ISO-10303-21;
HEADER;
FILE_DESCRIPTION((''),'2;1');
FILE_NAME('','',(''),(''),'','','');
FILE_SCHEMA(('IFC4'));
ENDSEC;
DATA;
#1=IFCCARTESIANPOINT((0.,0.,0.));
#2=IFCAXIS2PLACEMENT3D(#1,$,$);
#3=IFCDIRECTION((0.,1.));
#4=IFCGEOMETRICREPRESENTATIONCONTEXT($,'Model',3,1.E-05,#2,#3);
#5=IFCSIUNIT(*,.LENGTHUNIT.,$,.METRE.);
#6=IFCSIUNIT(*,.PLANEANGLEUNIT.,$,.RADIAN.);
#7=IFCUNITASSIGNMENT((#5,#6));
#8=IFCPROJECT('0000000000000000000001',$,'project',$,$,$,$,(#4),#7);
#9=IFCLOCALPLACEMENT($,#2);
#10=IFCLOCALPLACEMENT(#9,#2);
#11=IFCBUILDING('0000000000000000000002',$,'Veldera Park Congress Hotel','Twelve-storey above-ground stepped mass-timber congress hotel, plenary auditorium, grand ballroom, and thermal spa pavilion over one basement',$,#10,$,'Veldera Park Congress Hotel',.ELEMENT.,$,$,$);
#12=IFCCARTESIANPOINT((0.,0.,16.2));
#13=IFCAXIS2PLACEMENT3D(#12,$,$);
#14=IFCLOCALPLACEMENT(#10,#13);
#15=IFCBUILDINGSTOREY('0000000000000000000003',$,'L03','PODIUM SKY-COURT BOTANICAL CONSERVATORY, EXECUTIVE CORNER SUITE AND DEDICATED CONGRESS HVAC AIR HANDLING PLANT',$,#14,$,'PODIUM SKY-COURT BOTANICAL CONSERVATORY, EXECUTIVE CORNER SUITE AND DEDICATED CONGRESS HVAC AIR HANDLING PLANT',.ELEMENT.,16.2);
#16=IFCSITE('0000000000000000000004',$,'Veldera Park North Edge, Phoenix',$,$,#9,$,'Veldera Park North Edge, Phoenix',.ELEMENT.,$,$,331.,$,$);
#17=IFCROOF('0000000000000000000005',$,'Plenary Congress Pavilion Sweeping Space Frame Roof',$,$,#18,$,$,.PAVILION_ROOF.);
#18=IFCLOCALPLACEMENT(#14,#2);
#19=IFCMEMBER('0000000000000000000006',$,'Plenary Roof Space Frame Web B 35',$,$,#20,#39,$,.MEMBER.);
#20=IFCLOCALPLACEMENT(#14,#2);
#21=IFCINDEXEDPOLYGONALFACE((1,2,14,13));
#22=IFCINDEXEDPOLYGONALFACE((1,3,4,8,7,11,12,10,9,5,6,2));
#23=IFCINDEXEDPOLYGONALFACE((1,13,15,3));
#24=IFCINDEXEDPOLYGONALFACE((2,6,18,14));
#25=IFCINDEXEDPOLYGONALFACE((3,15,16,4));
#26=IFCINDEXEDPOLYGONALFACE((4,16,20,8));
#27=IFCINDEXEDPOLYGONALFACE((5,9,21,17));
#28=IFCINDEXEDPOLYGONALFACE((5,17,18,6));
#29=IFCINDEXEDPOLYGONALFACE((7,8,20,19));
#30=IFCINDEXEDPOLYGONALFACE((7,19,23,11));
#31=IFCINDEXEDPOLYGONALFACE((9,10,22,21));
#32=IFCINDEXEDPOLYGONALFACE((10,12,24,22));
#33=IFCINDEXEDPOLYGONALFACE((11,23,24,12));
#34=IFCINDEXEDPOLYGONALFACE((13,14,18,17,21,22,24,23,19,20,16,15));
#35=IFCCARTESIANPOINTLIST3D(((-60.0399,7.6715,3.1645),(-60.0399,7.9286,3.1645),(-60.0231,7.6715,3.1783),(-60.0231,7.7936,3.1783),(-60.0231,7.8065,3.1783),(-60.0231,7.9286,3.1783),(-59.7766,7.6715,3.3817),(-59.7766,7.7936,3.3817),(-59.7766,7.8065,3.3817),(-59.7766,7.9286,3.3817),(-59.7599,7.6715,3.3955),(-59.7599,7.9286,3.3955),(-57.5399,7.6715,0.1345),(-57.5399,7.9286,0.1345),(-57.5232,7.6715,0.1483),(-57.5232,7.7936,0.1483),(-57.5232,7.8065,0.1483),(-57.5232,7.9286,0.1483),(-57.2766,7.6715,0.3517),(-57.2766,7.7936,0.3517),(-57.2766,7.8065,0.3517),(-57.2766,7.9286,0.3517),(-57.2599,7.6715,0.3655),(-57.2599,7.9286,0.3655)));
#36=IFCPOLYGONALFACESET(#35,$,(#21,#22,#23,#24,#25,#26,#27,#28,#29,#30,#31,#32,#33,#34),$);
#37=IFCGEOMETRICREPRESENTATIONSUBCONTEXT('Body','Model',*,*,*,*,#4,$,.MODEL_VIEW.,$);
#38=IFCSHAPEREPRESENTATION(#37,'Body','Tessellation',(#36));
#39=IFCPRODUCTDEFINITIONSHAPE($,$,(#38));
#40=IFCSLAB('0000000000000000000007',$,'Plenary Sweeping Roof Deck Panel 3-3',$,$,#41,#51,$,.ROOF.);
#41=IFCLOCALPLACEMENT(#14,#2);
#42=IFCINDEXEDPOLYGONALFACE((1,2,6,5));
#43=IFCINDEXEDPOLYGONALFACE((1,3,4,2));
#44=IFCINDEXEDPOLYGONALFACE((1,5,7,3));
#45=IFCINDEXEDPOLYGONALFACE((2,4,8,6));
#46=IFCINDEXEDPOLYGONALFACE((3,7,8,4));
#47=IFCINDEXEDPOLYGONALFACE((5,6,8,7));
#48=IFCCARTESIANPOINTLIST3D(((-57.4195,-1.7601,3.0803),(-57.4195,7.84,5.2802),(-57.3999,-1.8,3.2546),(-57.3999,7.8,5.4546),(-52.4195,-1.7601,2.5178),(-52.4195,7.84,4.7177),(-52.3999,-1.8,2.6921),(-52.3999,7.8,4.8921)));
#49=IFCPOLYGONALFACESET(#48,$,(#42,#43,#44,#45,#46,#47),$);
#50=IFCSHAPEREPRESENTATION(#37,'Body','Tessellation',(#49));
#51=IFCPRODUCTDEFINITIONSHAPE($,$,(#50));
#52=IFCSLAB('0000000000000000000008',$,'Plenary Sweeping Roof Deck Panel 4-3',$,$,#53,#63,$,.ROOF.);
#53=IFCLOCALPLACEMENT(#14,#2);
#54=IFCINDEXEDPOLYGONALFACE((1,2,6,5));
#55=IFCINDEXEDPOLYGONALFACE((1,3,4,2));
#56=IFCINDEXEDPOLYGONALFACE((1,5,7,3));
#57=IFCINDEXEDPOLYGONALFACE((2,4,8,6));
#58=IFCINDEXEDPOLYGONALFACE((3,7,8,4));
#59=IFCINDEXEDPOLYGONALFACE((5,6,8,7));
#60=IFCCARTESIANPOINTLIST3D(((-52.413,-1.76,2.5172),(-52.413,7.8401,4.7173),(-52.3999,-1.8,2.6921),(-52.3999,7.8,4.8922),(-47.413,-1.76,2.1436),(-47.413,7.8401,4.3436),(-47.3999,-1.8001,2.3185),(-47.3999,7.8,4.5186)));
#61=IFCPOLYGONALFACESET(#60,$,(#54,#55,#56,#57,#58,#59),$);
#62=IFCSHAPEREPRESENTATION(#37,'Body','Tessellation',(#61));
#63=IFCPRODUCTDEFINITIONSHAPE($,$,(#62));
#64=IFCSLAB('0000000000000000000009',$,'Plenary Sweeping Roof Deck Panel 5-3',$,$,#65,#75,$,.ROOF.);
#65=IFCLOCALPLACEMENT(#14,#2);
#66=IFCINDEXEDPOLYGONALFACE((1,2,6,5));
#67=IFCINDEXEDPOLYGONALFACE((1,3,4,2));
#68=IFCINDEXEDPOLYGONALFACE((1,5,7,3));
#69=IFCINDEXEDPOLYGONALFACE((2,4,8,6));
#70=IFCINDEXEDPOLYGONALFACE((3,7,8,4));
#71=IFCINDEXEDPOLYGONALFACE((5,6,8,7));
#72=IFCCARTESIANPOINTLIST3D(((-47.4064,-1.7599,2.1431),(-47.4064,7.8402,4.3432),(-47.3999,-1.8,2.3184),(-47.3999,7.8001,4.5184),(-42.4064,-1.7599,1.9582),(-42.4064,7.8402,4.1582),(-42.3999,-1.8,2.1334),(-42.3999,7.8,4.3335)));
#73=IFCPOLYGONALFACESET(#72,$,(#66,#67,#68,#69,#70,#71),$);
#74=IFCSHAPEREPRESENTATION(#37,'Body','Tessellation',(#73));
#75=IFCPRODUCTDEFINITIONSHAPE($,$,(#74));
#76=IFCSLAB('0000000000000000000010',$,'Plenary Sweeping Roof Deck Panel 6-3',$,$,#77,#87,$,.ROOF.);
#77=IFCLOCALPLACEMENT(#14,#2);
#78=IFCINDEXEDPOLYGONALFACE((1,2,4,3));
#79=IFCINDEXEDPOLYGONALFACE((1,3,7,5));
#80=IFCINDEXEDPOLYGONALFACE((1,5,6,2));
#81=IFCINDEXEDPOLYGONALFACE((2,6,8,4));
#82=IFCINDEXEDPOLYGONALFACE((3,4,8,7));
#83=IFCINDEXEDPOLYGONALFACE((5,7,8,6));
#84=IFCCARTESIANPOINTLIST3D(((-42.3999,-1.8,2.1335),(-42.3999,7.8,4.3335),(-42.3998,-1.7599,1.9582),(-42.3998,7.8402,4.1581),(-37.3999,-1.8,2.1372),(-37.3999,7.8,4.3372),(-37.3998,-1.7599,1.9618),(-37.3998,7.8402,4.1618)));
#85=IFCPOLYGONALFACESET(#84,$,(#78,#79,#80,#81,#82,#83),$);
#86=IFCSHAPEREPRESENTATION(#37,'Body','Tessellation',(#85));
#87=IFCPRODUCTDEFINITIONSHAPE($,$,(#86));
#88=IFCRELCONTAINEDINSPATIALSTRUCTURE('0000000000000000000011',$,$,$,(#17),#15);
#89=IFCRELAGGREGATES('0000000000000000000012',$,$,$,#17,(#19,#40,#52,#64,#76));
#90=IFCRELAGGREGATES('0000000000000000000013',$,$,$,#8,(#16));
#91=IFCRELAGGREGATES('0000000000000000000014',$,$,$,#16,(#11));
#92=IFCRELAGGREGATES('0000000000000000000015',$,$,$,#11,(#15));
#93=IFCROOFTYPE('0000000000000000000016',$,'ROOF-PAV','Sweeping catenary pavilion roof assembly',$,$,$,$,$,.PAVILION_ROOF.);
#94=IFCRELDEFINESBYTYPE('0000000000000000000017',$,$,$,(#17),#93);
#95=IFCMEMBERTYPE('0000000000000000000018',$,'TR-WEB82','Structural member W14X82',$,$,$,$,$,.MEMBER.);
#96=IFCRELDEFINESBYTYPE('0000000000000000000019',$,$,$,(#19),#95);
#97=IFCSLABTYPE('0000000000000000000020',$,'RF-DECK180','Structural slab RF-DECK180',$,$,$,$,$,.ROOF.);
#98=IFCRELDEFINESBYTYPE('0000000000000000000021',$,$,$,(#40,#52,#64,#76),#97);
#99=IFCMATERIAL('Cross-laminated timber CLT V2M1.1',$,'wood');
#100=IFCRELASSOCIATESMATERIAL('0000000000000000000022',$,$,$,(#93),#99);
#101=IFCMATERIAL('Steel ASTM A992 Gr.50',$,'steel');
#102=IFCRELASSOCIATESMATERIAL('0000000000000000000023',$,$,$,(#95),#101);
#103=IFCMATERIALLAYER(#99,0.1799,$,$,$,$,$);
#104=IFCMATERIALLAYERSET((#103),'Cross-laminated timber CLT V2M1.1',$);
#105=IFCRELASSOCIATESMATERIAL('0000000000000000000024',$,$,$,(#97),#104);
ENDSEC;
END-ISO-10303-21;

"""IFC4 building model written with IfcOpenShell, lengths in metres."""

from ifc_helpers import new_model, si_unit, direction, frame, origin, origin_2d, place, context, subcontext, project, spatial, polyline, i_section, outline, extrude, material, layer, layer_set, material_profile, profile_set, type_object, element, aggregate, save


model = new_model("IFC4")

# Units and contexts
model_context = context("Model", 3, precision=1e-05, world=origin(), true_north=direction((0.0, 1.0)))
body_context = subcontext(model_context, "Body", "Model", "MODEL_VIEW")
ifc_project = project(units=[si_unit("LENGTHUNIT", "METRE"), si_unit("PLANEANGLEUNIT", "RADIAN")], contexts=[model_context])

# Site, building, storey
site_placement = place(None, origin())
site = spatial("IfcSite", under=ifc_project, at=site_placement, Name="Veldera Park North Edge, Phoenix", LongName="Veldera Park North Edge, Phoenix", CompositionType="ELEMENT", RefElevation=331.0)
building_placement = place(site_placement, origin())
building = spatial("IfcBuilding", under=site, at=building_placement, Name="Veldera Park Congress Hotel", Description="Twelve-storey above-ground stepped mass-timber congress hotel, plenary auditorium, grand ballroom, and thermal spa pavilion over one basement", LongName="Veldera Park Congress Hotel", CompositionType="ELEMENT")
storey_placement = place(building_placement, frame((0.0, 0.0, 16.2)))
storey = spatial("IfcBuildingStorey", under=building, at=storey_placement, Name="L03", Description="PODIUM SKY-COURT BOTANICAL CONSERVATORY, EXECUTIVE CORNER SUITE AND DEDICATED CONGRESS HVAC AIR HANDLING PLANT", LongName="PODIUM SKY-COURT BOTANICAL CONSERVATORY, EXECUTIVE CORNER SUITE AND DEDICATED CONGRESS HVAC AIR HANDLING PLANT", CompositionType="ELEMENT", Elevation=16.2)

# Roof, member, slabs
ifc_material_1 = material(Name="Cross-laminated timber CLT V2M1.1", Category="wood")
roof_type = type_object("IfcRoofType", Name="ROOF-PAV", Description="Sweeping catenary pavilion roof assembly", PredefinedType="PAVILION_ROOF", material=ifc_material_1)
roof_placement = place(storey_placement, origin())
roof = element("IfcRoof", 1, at=roof_placement, inside=storey, type_object=roof_type, Name="Plenary Congress Pavilion Sweeping Space Frame Roof", PredefinedType="PAVILION_ROOF")
ifc_material_2 = material(Name="Steel ASTM A992 Gr.50", Category="steel")
ifc_material_profile_1 = material_profile(ifc_material_2, i_section(OverallWidth=0.2571, OverallDepth=0.363, WebThickness=0.0129, FlangeThickness=0.0217, at=origin_2d()), Name="W14X82")
ifc_profile_set_1 = profile_set([ifc_material_profile_1], Name="Steel ASTM A992 Gr.50")
member_type_1 = type_object("IfcMemberType", Name="TR-WEB82", Description="Structural member W14X82", PredefinedType="MEMBER", material=ifc_profile_set_1)
member_1_placement = place(storey_placement, frame((-57.3999, 7.8, 0.25), z_axis=(-0.636417, 0.0, 0.771345), x_axis=(0.0, -1.0, 0.0)))
member_1 = element("IfcMember", 2, at=member_1_placement, type_object=member_type_1, Name="Plenary Roof Space Frame Web B 35", PredefinedType="MEMBER", context=body_context, shape_type="SweptSolid", body=[
    extrude(i_section(OverallWidth=0.2571, OverallDepth=0.363, WebThickness=0.0129, FlangeThickness=0.0217, at=origin_2d()), origin(), (0.0, 0.0, 1.0), 3.9282),
])
ifc_layer = layer(ifc_material_1, 0.1799)
ifc_layer_set = layer_set([ifc_layer], Name="Cross-laminated timber CLT V2M1.1")
slab_type = type_object("IfcSlabType", Name="RF-DECK180", Description="Structural slab RF-DECK180", PredefinedType="ROOF", material=ifc_layer_set)
slab_1_placement = place(storey_placement, frame((-57.3999, -1.8, 3.2546), z_axis=(0.109004, -0.222038, 0.968926), x_axis=(0.993731, 0.0, -0.111795)))
slab_1 = element("IfcSlab", 3, at=slab_1_placement, type_object=slab_type, Name="Plenary Sweeping Roof Deck Panel 3-3", PredefinedType="ROOF", context=body_context, shape_type="SweptSolid", body=[
    extrude(outline(polyline([(0.0, 0.0), (5.0315, 0.0), (4.7856, 9.8459), (-0.2459, 9.8459), (0.0, 0.0)])), origin(), (0.0, 0.0, -1.0), 0.1799),
])
slab_2_placement = place(storey_placement, frame((-52.3999, -1.8, 2.6921), z_axis=(0.072651, -0.222791, 0.972155), x_axis=(0.997219, -0.000005, -0.074525)))
slab_2 = element("IfcSlab", 4, at=slab_2_placement, type_object=slab_type, Name="Plenary Sweeping Roof Deck Panel 4-3", PredefinedType="ROOF", context=body_context, shape_type="SweptSolid", body=[
    extrude(outline(polyline([(0.0, 0.0), (5.014, 0.0), (4.8499, 9.8476), (-0.164, 9.8476), (0.0, 0.0)])), origin(), (0.0, 0.0, -1.0), 0.1799),
])
slab_3_placement = place(storey_placement, frame((-47.3999, -1.8, 2.3184), z_axis=(0.036029, -0.223236, 0.974098), x_axis=(0.999317, 0.000005, -0.036961)))
slab_3 = element("IfcSlab", 5, at=slab_3_placement, type_object=slab_type, Name="Plenary Sweeping Roof Deck Panel 5-3", PredefinedType="ROOF", context=body_context, shape_type="SweptSolid", body=[
    extrude(outline(polyline([(0.0, 0.0), (5.0034, 0.0), (4.9222, 9.8486), (-0.0813, 9.8487), (0.0, 0.0)])), origin(), (0.0, 0.0, -1.0), 0.1799),
])
slab_4_placement = place(storey_placement, frame((-42.3999, -1.8, 2.1335), z_axis=(-0.000714, -0.223369, 0.974734), x_axis=(1.0, 0.0, 0.000732)))
slab_4 = element("IfcSlab", 6, at=slab_4_placement, type_object=slab_type, Name="Plenary Sweeping Roof Deck Panel 6-3", PredefinedType="ROOF", context=body_context, shape_type="SweptSolid", body=[
    extrude(outline(polyline([(0.0, 0.0), (5.0, 0.0), (5.0016, 9.8489), (0.0016, 9.8489), (0.0, 0.0)])), origin(), (0.0, 0.0, -1.0), 0.1799),
])
aggregate(roof, [member_1, slab_1, slab_2, slab_3, slab_4])

save(model, "model.ifc")
